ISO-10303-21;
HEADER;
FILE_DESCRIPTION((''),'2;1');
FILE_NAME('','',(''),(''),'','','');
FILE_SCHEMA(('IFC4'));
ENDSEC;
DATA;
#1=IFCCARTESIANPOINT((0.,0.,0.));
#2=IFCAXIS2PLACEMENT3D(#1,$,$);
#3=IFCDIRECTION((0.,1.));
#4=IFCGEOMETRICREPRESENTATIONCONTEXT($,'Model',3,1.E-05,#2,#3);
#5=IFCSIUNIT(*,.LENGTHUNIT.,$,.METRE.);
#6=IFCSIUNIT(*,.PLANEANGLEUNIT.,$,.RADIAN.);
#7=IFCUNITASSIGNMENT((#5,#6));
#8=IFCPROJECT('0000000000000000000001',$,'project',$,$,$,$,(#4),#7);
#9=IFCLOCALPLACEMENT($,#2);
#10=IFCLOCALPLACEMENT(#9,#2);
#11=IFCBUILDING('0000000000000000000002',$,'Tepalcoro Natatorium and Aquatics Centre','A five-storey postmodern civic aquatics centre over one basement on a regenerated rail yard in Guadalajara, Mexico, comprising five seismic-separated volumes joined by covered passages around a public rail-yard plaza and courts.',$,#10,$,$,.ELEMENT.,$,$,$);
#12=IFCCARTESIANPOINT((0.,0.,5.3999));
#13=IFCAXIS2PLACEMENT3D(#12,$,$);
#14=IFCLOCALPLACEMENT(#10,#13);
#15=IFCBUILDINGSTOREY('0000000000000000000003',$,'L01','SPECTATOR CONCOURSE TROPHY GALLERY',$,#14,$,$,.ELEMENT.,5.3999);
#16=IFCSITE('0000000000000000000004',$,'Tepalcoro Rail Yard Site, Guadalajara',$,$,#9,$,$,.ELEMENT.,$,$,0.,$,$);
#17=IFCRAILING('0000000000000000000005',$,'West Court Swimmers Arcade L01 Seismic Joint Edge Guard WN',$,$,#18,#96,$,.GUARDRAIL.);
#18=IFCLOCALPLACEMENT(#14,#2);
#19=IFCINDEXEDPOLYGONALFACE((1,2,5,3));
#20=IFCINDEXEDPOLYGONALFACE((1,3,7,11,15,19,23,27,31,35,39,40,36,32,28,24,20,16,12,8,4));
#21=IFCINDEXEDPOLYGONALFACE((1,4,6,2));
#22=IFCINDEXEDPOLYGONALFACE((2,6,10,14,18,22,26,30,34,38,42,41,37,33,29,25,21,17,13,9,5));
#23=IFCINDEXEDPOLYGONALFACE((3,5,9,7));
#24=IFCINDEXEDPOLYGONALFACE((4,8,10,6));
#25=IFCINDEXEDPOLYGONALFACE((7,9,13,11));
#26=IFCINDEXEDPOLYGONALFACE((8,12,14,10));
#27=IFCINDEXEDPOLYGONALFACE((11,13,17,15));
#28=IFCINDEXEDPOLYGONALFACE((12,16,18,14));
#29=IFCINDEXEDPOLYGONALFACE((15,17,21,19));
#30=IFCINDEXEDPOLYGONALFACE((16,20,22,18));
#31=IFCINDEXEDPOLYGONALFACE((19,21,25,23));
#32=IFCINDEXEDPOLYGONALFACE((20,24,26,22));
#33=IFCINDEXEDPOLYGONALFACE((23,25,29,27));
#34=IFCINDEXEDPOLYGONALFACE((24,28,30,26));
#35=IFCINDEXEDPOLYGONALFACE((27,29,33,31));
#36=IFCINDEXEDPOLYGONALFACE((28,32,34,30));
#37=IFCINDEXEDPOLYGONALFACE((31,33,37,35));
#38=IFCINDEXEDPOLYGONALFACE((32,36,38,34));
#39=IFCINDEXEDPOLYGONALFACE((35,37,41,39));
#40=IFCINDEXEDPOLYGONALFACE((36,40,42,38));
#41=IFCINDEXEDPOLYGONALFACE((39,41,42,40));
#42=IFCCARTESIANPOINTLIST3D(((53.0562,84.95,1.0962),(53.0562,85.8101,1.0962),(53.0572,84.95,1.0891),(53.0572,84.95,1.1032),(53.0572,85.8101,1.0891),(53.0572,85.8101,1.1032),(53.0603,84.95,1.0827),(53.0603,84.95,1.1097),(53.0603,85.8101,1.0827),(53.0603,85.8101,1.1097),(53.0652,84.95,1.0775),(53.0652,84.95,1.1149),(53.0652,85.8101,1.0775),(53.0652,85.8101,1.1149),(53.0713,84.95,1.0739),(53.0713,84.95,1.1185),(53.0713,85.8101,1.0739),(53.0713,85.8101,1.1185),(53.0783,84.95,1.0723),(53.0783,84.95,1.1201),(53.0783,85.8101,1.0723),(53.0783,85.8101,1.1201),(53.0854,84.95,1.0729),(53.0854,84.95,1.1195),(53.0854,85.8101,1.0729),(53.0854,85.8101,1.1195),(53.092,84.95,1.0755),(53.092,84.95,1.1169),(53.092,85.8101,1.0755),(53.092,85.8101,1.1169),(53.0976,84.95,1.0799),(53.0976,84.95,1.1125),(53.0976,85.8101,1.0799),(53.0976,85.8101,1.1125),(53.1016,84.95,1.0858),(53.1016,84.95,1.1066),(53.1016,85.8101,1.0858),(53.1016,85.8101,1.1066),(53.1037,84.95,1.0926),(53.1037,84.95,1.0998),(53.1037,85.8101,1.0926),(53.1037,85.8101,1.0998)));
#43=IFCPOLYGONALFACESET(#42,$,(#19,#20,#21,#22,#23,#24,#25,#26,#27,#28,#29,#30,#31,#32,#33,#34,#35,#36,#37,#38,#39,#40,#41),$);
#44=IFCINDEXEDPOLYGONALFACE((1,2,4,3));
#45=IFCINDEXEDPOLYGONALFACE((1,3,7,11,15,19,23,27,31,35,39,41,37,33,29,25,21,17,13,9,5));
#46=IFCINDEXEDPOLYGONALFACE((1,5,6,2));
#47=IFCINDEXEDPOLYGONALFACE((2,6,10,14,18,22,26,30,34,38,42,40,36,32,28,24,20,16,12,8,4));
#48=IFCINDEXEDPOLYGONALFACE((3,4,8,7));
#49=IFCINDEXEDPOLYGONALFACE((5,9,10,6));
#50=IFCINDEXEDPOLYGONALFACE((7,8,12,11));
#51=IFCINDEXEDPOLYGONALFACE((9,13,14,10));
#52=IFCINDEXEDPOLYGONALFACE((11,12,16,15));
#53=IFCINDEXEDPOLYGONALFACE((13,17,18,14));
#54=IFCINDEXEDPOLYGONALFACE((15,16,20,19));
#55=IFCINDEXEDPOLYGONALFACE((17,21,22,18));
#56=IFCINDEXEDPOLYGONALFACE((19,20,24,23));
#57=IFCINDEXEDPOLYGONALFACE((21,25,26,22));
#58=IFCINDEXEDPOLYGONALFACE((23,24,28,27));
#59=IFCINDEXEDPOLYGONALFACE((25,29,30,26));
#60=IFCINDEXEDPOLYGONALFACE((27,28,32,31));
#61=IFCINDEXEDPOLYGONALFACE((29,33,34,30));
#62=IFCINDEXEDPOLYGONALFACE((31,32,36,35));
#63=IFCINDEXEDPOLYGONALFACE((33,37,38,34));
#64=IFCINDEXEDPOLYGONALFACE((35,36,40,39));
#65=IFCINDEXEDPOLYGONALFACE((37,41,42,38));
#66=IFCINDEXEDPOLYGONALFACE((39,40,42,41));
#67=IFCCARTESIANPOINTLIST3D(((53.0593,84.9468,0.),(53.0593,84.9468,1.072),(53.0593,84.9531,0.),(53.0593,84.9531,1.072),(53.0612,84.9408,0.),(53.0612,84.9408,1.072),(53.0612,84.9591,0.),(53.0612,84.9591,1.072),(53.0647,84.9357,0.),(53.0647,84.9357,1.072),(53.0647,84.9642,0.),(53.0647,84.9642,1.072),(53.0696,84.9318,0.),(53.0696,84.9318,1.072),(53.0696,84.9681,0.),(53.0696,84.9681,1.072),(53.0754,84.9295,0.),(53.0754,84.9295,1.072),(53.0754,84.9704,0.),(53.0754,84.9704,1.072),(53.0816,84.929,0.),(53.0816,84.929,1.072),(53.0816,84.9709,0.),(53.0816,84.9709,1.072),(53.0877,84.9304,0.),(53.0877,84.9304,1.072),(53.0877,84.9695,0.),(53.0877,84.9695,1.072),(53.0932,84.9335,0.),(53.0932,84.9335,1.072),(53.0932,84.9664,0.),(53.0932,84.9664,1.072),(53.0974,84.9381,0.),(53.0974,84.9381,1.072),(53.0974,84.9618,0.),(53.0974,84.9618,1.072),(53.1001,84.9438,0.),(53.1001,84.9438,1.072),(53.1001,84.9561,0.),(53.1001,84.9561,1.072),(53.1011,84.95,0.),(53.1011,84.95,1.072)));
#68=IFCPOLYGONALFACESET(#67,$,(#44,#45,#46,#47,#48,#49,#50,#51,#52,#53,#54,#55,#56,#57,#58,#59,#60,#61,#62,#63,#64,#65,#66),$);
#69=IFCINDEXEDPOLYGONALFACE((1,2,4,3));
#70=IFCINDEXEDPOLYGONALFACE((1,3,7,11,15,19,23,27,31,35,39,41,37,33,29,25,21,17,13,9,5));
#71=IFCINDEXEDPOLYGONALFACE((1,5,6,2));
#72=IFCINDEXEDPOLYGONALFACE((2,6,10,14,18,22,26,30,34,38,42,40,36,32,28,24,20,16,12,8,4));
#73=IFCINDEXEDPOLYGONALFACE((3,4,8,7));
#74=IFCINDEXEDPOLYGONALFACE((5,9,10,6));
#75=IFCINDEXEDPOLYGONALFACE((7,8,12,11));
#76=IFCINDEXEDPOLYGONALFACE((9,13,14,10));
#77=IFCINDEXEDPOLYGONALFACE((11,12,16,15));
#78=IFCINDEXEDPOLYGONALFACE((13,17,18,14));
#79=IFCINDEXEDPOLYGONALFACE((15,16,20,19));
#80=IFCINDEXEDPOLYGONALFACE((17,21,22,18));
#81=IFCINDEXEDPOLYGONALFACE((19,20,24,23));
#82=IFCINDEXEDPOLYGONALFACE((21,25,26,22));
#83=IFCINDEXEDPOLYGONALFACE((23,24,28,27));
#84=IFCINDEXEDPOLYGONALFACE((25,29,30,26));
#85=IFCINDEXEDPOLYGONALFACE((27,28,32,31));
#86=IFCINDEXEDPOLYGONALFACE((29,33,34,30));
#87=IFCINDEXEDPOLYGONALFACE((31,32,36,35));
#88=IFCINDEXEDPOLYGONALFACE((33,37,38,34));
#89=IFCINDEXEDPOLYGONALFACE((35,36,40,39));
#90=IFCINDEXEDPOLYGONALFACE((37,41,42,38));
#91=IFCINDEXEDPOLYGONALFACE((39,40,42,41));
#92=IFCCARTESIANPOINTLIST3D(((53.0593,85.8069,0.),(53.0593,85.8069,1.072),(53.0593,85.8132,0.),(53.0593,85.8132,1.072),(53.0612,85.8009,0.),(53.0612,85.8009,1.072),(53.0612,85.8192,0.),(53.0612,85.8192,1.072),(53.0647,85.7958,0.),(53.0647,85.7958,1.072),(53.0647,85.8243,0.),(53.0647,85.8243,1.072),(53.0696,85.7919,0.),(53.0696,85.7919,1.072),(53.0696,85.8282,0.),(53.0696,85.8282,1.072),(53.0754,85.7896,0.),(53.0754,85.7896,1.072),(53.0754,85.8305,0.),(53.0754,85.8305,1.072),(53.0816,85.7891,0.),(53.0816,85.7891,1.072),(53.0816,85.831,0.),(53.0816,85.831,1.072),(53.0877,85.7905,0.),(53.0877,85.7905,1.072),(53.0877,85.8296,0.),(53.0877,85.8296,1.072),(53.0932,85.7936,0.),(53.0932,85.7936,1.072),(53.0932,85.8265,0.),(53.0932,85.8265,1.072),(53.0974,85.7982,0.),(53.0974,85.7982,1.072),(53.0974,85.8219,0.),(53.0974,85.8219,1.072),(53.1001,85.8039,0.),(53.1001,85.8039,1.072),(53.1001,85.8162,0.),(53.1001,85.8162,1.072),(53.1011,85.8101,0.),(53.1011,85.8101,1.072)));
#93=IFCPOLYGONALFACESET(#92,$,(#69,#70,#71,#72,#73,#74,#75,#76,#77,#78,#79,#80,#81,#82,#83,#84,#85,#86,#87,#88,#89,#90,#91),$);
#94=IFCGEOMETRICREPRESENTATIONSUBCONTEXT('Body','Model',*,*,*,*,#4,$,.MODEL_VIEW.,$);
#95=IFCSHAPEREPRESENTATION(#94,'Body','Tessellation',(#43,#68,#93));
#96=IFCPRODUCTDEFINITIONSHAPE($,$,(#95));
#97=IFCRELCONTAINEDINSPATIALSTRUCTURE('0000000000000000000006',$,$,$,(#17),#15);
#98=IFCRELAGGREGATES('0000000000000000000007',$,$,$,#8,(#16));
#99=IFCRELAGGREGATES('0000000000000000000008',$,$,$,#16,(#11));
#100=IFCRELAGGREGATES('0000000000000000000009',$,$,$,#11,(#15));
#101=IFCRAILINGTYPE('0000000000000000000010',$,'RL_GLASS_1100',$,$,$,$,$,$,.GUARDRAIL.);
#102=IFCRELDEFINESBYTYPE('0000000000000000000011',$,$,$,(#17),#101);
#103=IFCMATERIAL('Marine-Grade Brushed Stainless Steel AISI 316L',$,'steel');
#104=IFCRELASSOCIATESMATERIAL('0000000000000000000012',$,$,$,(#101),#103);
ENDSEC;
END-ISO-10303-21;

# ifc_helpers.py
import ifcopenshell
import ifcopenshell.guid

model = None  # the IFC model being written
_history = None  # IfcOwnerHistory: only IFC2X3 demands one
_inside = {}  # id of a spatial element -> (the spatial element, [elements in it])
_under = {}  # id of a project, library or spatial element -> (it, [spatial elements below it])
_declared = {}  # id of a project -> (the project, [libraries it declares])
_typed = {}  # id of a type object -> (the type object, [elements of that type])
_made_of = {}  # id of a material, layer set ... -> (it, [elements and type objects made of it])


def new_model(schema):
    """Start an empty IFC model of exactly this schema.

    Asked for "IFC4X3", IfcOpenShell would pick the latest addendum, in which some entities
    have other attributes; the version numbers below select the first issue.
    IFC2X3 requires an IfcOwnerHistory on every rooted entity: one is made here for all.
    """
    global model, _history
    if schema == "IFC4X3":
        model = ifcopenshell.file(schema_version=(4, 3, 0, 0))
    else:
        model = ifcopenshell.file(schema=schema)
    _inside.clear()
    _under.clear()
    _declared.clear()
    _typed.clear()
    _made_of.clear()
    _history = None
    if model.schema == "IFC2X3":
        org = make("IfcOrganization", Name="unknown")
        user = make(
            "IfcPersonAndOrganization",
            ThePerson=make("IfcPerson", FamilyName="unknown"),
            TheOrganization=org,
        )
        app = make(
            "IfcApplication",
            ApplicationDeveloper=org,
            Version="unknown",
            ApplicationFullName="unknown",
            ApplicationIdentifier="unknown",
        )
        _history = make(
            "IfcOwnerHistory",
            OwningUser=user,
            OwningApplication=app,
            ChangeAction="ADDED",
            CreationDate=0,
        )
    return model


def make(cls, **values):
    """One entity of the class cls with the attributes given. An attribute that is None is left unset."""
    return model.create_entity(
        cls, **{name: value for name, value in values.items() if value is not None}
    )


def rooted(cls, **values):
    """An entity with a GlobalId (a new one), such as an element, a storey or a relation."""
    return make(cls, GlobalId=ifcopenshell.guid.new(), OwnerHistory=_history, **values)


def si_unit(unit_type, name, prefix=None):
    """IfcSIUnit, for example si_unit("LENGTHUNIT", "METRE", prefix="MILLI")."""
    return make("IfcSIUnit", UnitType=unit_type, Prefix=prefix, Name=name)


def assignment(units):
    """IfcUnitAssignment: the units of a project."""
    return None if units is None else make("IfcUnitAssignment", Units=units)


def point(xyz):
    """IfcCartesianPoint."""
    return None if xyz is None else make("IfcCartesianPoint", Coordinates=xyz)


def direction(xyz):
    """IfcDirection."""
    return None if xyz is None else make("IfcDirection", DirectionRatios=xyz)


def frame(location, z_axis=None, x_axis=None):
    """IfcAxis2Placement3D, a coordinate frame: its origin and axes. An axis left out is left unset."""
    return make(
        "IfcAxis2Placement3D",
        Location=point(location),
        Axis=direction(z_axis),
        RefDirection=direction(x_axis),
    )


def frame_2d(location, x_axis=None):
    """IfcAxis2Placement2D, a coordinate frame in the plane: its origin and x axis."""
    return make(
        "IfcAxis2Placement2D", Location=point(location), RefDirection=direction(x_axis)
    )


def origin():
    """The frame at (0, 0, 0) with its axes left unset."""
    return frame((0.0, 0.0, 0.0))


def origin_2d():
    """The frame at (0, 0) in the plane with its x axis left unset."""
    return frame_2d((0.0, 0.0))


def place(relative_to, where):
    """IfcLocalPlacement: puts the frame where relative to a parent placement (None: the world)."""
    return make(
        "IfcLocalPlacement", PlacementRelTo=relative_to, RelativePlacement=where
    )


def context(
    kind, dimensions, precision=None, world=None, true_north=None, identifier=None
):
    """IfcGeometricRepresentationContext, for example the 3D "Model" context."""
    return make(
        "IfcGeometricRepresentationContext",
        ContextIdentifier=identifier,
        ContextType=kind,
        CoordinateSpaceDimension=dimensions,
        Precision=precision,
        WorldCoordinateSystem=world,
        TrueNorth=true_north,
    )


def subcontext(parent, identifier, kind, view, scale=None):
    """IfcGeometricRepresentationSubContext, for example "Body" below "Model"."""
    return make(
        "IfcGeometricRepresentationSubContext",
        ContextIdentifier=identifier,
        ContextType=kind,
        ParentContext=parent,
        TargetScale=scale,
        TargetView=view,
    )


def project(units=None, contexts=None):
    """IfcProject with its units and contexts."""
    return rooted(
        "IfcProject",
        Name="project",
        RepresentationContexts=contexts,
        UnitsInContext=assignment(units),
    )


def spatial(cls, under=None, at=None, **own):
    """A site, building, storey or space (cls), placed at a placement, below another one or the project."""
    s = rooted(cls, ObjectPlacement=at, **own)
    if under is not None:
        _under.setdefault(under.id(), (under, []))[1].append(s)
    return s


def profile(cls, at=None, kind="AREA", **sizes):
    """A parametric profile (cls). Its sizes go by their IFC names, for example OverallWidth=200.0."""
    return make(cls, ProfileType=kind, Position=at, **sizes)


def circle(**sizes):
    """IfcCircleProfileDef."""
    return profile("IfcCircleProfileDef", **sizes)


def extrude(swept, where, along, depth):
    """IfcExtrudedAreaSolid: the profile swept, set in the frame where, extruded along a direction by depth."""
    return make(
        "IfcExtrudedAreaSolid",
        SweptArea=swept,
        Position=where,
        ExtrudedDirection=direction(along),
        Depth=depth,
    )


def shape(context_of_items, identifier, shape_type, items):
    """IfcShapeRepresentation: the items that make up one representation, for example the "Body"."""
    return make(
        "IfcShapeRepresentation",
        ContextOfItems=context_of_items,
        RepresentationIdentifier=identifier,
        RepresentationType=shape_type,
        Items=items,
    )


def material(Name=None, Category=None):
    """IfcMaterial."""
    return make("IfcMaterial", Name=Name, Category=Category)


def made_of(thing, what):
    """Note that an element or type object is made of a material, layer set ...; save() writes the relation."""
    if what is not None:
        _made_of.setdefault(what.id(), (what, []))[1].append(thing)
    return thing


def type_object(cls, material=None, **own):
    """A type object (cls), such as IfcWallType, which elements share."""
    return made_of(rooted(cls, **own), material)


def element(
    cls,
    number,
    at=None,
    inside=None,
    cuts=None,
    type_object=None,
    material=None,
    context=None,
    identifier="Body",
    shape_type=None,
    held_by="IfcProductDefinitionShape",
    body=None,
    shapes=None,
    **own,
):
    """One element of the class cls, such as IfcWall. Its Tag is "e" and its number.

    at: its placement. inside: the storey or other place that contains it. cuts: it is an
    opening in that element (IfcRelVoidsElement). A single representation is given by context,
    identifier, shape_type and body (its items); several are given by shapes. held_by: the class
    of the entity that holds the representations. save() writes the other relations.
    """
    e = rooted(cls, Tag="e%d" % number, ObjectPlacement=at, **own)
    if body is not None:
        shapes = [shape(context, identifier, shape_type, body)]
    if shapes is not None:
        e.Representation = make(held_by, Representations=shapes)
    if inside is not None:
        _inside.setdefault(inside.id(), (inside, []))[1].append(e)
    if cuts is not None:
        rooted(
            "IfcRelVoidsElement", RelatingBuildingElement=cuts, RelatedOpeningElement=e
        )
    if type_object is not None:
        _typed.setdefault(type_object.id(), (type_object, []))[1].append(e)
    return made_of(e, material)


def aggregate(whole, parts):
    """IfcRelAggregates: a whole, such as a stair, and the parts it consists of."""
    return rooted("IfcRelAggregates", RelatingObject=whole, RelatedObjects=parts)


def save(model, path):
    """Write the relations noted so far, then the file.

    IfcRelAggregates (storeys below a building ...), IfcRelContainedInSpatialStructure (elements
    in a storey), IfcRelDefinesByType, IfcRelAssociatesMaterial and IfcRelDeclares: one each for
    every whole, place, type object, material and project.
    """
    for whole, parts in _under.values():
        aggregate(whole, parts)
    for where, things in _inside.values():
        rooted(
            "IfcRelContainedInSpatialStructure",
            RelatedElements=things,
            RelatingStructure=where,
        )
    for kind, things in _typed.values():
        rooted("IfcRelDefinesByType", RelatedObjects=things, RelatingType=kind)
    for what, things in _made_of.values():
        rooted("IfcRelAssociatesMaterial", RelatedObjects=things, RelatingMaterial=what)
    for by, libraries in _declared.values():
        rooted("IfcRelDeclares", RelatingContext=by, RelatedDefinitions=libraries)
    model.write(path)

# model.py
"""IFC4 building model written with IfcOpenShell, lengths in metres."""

from ifc_helpers import new_model, si_unit, direction, frame, origin, origin_2d, place, context, subcontext, project, spatial, circle, extrude, material, type_object, element, save


model = new_model("IFC4")

# Units and contexts
model_context = context("Model", 3, precision=1e-05, world=origin(), true_north=direction((0.0, 1.0)))
body_context = subcontext(model_context, "Body", "Model", "MODEL_VIEW")
ifc_project = project(units=[si_unit("LENGTHUNIT", "METRE"), si_unit("PLANEANGLEUNIT", "RADIAN")], contexts=[model_context])

# Site, building, storey
site_placement = place(None, origin())
site = spatial("IfcSite", under=ifc_project, at=site_placement, Name="Tepalcoro Rail Yard Site, Guadalajara", CompositionType="ELEMENT", RefElevation=0.0)
building_placement = place(site_placement, origin())
building = spatial("IfcBuilding", under=site, at=building_placement, Name="Tepalcoro Natatorium and Aquatics Centre", Description="A five-storey postmodern civic aquatics centre over one basement on a regenerated rail yard in Guadalajara, Mexico, comprising five seismic-separated volumes joined by covered passages around a public rail-yard plaza and courts.", CompositionType="ELEMENT")
storey_placement = place(building_placement, frame((0.0, 0.0, 5.3999)))
storey = spatial("IfcBuildingStorey", under=building, at=storey_placement, Name="L01", Description="SPECTATOR CONCOURSE TROPHY GALLERY", CompositionType="ELEMENT", Elevation=5.3999)

# Railing
ifc_material_1 = material(Name="Marine-Grade Brushed Stainless Steel AISI 316L", Category="steel")
railing_type = type_object("IfcRailingType", Name="RL_GLASS_1100", PredefinedType="GUARDRAIL", material=ifc_material_1)
railing_placement = place(storey_placement, frame((53.0801, 84.95, 0.0)))
element("IfcRailing", 1, at=railing_placement, inside=storey, type_object=railing_type, Name="West Court Swimmers Arcade L01 Seismic Joint Edge Guard WN", PredefinedType="GUARDRAIL", context=body_context, shape_type="SweptSolid", body=[
    extrude(circle(Radius=0.0239, at=origin_2d()), frame((0.0, 0.0, 1.0962), z_axis=(0.0, 1.0, 0.0), x_axis=(-1.0, 0.0, 0.0)), (0.0, 0.0, 1.0), 0.8601),
    extrude(circle(Radius=0.021, at=origin_2d()), origin(), (0.0, 0.0, 1.0), 1.072),
    extrude(circle(Radius=0.021, at=origin_2d()), frame((0.0, 0.8601, 0.0)), (0.0, 0.0, 1.0), 1.072),
])

save(model, "model.ifc")
